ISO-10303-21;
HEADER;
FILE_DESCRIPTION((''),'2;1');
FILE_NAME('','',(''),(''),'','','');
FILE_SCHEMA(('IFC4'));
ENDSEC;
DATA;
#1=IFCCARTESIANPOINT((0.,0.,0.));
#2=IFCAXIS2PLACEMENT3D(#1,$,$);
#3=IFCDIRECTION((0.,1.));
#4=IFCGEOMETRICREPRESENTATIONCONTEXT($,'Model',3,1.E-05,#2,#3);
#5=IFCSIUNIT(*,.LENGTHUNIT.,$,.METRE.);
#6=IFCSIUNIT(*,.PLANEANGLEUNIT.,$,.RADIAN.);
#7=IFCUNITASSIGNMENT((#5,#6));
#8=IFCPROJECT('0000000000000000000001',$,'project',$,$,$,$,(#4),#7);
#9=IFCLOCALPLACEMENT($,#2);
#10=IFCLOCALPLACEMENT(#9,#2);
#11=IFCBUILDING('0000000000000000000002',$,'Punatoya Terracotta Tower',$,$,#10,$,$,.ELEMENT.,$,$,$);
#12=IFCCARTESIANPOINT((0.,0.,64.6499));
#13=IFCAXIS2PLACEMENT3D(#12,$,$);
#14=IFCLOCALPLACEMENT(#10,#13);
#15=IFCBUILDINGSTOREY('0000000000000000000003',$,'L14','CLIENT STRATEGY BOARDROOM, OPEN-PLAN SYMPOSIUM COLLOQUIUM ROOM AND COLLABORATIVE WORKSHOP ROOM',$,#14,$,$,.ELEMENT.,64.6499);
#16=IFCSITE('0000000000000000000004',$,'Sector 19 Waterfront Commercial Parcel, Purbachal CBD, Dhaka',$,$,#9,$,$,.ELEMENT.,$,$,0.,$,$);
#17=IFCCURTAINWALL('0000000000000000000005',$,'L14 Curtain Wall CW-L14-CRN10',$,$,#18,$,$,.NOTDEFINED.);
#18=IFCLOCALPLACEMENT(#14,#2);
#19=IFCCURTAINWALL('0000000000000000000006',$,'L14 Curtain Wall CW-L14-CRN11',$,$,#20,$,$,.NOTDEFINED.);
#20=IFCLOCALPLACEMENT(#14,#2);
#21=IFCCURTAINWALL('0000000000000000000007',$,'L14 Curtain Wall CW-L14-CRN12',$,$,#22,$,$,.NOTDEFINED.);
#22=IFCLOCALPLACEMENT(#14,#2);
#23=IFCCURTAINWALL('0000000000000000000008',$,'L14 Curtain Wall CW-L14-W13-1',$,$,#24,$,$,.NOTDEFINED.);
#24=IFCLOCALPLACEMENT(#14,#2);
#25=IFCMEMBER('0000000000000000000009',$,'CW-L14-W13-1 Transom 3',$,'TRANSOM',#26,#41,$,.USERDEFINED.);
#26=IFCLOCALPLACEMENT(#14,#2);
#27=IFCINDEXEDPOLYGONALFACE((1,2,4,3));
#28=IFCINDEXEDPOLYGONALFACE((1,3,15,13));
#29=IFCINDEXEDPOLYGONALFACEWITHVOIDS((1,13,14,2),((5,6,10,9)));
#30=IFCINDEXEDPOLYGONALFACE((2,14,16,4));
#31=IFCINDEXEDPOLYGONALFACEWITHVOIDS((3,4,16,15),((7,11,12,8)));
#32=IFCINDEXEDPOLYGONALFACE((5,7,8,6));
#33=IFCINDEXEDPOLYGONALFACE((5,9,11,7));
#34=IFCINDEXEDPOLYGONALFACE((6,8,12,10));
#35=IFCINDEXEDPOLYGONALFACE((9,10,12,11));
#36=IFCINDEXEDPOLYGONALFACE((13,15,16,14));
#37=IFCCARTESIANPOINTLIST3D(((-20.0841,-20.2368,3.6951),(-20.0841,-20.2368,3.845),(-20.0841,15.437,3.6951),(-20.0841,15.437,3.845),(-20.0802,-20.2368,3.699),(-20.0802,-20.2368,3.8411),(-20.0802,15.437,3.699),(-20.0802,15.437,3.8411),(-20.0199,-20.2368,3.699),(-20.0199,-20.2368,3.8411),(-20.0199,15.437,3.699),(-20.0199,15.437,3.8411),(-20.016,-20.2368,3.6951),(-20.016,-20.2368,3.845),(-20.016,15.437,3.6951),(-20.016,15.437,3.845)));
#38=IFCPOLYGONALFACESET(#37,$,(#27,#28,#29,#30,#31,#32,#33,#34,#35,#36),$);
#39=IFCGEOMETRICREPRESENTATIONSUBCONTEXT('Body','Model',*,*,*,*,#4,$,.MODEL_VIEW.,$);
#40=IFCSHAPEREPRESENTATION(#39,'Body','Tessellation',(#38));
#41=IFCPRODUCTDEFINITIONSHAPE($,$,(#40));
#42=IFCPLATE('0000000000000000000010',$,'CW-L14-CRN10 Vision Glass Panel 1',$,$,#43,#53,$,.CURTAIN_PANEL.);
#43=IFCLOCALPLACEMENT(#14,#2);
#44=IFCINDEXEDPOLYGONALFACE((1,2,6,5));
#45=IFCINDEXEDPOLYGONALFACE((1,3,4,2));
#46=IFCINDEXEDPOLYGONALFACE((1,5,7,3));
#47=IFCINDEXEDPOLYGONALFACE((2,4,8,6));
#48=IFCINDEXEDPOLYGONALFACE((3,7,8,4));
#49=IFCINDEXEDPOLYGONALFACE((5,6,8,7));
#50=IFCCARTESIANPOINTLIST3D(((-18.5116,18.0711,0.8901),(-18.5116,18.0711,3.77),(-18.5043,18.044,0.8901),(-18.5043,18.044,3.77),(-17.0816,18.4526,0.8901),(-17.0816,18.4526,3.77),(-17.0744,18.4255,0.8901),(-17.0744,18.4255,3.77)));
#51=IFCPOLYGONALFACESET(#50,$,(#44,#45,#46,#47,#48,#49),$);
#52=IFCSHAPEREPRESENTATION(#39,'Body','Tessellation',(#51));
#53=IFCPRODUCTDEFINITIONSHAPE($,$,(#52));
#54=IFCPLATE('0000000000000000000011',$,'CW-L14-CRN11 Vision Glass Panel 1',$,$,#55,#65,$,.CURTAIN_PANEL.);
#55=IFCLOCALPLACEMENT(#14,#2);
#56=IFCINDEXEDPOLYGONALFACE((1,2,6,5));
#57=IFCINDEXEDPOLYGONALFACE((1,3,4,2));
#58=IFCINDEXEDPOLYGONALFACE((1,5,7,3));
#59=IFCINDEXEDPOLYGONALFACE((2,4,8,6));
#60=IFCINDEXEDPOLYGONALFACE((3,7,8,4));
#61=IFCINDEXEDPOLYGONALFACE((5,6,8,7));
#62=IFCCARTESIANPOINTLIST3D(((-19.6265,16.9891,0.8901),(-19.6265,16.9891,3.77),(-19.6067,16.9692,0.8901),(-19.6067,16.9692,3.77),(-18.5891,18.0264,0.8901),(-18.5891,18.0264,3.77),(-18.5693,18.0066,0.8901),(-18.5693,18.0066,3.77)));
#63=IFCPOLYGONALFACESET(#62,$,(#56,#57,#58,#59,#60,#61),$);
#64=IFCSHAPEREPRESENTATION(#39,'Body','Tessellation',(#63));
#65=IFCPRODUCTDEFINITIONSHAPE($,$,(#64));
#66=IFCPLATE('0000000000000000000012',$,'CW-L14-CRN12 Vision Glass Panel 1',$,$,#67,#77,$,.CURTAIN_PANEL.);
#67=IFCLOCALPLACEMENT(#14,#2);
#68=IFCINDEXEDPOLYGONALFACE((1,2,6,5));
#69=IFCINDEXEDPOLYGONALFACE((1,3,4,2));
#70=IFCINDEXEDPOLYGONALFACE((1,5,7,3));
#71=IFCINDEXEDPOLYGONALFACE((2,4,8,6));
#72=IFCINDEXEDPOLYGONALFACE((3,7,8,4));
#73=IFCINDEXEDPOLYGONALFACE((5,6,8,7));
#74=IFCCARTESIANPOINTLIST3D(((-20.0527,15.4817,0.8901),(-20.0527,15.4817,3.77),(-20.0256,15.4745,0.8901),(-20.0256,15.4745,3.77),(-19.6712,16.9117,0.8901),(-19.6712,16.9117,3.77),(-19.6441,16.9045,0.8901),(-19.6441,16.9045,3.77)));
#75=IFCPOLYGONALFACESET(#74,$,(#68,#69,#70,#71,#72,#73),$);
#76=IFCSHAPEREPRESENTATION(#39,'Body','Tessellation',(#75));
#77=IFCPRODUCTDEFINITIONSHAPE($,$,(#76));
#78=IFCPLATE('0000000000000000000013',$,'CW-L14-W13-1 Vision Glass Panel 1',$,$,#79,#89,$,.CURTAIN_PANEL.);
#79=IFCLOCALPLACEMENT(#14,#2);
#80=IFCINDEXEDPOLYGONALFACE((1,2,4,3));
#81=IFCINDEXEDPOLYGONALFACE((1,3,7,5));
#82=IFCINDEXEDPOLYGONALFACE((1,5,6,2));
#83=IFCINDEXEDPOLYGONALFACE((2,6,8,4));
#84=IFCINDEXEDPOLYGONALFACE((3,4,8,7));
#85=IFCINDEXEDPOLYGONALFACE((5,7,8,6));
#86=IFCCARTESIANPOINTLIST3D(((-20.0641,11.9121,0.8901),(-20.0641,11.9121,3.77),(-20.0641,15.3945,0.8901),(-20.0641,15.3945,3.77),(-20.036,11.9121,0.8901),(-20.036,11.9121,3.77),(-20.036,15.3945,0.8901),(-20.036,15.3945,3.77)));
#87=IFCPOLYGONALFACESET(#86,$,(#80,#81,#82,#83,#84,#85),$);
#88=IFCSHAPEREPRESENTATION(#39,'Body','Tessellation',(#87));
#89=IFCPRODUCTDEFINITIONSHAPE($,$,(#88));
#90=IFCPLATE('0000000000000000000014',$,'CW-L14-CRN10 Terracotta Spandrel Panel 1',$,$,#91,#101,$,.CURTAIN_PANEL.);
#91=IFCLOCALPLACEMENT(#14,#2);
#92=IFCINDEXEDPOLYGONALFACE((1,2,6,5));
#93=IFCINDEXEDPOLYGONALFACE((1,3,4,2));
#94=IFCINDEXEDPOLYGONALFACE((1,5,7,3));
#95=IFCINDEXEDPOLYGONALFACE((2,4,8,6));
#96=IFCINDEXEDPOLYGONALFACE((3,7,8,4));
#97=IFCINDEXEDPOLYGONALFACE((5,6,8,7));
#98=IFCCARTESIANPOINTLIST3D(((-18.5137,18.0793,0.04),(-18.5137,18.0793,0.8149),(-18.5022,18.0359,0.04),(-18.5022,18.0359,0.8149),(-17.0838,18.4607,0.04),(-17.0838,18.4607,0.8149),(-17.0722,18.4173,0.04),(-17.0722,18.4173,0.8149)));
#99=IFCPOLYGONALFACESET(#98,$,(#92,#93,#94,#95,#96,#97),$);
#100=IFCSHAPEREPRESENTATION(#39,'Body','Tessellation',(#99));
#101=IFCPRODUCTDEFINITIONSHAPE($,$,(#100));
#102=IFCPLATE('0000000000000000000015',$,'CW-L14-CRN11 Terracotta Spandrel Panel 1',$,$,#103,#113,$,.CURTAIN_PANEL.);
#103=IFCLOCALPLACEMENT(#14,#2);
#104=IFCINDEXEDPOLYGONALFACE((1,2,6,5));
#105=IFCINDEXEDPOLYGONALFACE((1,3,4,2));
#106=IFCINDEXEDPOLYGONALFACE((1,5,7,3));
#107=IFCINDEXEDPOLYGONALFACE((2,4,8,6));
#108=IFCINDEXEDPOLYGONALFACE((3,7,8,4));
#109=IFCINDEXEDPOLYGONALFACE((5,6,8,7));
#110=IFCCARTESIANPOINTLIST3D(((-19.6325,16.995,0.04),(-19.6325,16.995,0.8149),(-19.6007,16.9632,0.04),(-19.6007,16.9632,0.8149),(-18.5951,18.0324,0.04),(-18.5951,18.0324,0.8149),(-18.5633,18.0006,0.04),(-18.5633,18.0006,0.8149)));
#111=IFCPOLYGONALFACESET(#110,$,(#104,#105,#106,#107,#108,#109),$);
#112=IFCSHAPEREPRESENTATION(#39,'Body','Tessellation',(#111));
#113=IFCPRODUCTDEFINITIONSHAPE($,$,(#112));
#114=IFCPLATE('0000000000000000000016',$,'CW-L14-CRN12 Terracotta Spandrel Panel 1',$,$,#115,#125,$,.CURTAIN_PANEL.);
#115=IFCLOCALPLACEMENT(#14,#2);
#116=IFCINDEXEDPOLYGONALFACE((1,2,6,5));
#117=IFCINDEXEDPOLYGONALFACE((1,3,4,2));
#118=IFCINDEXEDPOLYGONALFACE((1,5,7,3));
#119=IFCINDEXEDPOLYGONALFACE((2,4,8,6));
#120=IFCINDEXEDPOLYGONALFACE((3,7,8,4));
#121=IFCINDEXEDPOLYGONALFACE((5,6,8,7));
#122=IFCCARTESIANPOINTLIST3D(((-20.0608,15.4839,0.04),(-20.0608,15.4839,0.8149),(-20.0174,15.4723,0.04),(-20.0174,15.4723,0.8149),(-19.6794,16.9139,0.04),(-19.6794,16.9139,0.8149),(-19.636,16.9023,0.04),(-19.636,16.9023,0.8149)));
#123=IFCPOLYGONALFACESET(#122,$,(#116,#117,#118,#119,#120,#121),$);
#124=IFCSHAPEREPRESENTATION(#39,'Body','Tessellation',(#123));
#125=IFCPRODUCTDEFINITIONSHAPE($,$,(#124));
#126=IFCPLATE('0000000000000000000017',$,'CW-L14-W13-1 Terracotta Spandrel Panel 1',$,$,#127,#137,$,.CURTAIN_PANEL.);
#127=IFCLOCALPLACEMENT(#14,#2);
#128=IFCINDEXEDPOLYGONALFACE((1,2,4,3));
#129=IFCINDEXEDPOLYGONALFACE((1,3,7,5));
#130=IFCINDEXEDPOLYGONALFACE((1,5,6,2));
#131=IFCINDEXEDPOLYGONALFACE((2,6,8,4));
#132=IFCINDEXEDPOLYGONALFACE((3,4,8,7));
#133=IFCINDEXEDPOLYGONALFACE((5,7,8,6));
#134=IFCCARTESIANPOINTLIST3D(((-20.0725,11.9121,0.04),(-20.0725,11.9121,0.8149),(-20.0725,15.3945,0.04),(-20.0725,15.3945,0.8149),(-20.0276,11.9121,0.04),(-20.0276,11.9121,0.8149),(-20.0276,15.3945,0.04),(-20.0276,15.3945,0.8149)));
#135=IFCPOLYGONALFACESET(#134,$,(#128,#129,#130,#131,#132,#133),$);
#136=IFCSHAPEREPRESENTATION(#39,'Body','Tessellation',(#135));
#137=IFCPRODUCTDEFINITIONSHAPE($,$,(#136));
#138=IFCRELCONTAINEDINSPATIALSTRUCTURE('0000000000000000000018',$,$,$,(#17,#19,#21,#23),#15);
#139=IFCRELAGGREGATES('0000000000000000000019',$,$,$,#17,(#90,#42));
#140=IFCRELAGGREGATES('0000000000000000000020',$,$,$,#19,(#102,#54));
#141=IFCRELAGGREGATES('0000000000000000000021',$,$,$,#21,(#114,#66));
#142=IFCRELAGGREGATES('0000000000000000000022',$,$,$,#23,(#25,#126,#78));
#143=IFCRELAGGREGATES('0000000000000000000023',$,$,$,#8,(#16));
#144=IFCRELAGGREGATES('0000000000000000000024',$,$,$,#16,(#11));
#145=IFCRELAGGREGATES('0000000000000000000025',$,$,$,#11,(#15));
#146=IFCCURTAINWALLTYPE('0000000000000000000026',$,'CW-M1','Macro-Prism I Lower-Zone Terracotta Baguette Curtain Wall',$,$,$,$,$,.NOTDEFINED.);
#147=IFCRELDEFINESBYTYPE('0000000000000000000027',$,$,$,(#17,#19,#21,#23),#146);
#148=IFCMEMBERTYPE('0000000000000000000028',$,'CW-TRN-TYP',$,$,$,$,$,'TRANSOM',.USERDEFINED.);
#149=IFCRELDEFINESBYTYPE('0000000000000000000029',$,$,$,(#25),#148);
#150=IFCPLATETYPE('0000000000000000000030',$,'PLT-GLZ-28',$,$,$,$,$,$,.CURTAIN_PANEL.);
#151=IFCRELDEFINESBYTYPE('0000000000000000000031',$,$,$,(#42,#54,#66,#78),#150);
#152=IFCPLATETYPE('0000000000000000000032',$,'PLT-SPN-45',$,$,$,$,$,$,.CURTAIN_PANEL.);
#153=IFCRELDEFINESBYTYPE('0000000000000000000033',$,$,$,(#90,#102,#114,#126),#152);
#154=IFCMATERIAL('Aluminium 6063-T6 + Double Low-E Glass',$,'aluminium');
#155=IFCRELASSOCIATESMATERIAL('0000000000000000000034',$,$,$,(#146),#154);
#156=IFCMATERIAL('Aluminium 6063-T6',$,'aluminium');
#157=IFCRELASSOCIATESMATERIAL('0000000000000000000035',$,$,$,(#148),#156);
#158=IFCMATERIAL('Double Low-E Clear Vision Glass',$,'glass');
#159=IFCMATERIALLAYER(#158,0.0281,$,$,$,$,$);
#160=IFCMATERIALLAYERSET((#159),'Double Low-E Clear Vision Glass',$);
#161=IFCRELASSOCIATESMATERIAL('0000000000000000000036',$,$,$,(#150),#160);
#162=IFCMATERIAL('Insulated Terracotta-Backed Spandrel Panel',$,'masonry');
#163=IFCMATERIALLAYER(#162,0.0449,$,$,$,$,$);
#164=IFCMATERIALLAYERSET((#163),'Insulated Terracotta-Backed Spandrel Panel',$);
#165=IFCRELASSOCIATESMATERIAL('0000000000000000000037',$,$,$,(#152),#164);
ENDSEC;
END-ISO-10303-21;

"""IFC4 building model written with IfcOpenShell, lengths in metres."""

from ifc_helpers import new_model, si_unit, direction, frame, origin, origin_2d, place, context, subcontext, project, spatial, rectangle, hollow_rectangle, extrude, material, layer, layer_set, material_profile, profile_set, type_object, element, aggregate, save


model = new_model("IFC4")

# Units and contexts
model_context = context("Model", 3, precision=1e-05, world=origin(), true_north=direction((0.0, 1.0)))
body_context = subcontext(model_context, "Body", "Model", "MODEL_VIEW")
ifc_project = project(units=[si_unit("LENGTHUNIT", "METRE"), si_unit("PLANEANGLEUNIT", "RADIAN")], contexts=[model_context])

# Site, building, storey
site_placement = place(None, origin())
site = spatial("IfcSite", under=ifc_project, at=site_placement, Name="Sector 19 Waterfront Commercial Parcel, Purbachal CBD, Dhaka", CompositionType="ELEMENT", RefElevation=0.0)
building_placement = place(site_placement, origin())
building = spatial("IfcBuilding", under=site, at=building_placement, Name="Punatoya Terracotta Tower", CompositionType="ELEMENT")
storey_placement = place(building_placement, frame((0.0, 0.0, 64.6499)))
storey = spatial("IfcBuildingStorey", under=building, at=storey_placement, Name="L14", Description="CLIENT STRATEGY BOARDROOM, OPEN-PLAN SYMPOSIUM COLLOQUIUM ROOM AND COLLABORATIVE WORKSHOP ROOM", CompositionType="ELEMENT", Elevation=64.6499)

# Curtain wall
ifc_material_1 = material(Name="Aluminium 6063-T6 + Double Low-E Glass", Category="aluminium")
curtain_wall_type = type_object("IfcCurtainWallType", Name="CW-M1", Description="Macro-Prism I Lower-Zone Terracotta Baguette Curtain Wall", PredefinedType="NOTDEFINED", material=ifc_material_1)
curtain_wall_1_placement = place(storey_placement, origin())
curtain_wall_1 = element("IfcCurtainWall", 1, at=curtain_wall_1_placement, inside=storey, type_object=curtain_wall_type, Name="L14 Curtain Wall CW-L14-CRN10", PredefinedType="NOTDEFINED")
ifc_material_2 = material(Name="Aluminium 6063-T6", Category="aluminium")

# Curtain walls
curtain_wall_2_placement = place(storey_placement, origin())
curtain_wall_2 = element("IfcCurtainWall", 2, at=curtain_wall_2_placement, inside=storey, type_object=curtain_wall_type, Name="L14 Curtain Wall CW-L14-CRN11", PredefinedType="NOTDEFINED")
curtain_wall_3_placement = place(storey_placement, origin())
curtain_wall_3 = element("IfcCurtainWall", 3, at=curtain_wall_3_placement, inside=storey, type_object=curtain_wall_type, Name="L14 Curtain Wall CW-L14-CRN12", PredefinedType="NOTDEFINED")
curtain_wall_4_placement = place(storey_placement, origin())
curtain_wall_4 = element("IfcCurtainWall", 4, at=curtain_wall_4_placement, inside=storey, type_object=curtain_wall_type, Name="L14 Curtain Wall CW-L14-W13-1", PredefinedType="NOTDEFINED")

# Member
ifc_material_profile_1 = material_profile(ifc_material_2, hollow_rectangle(XDim=0.0681, YDim=0.1499, WallThickness=0.0039, at=origin_2d()))
ifc_profile_set_1 = profile_set([ifc_material_profile_1], Name="Aluminium 6063-T6")
member_type_1 = type_object("IfcMemberType", Name="CW-TRN-TYP", ElementType="TRANSOM", PredefinedType="USERDEFINED", material=ifc_profile_set_1)
member_1_placement = place(storey_placement, frame((-20.05, 15.437, 3.77), z_axis=(0.0, -1.0, 0.0), x_axis=(1.0, 0.0, 0.0)))
member_1 = element("IfcMember", 5, at=member_1_placement, type_object=member_type_1, Name="CW-L14-W13-1 Transom 3", ObjectType="TRANSOM", PredefinedType="USERDEFINED", context=body_context, shape_type="SweptSolid", body=[
    extrude(hollow_rectangle(XDim=0.0681, YDim=0.1499, WallThickness=0.0039, at=origin_2d()), origin(), (0.0, 0.0, 1.0), 35.6738),
])

# Plates
ifc_material_3 = material(Name="Double Low-E Clear Vision Glass", Category="glass")
ifc_layer_1 = layer(ifc_material_3, 0.0281)
ifc_layer_set_1 = layer_set([ifc_layer_1], Name="Double Low-E Clear Vision Glass")
plate_type_1 = type_object("IfcPlateType", Name="PLT-GLZ-28", PredefinedType="CURTAIN_PANEL", material=ifc_layer_set_1)
plate_1_placement = place(storey_placement, frame((-17.793, 18.2483, 0.8901), z_axis=(0.0, 0.0, 1.0), x_axis=(-0.966214, -0.257742, 0.0)))
plate_1 = element("IfcPlate", 6, at=plate_1_placement, type_object=plate_type_1, Name="CW-L14-CRN10 Vision Glass Panel 1", PredefinedType="CURTAIN_PANEL", context=body_context, shape_type="SweptSolid", body=[
    extrude(rectangle(XDim=1.48, YDim=0.0281, at=origin_2d()), origin(), (0.0, 0.0, 1.0), 2.8799),
])
plate_2_placement = place(storey_placement, frame((-19.0979, 17.4978, 0.8901), z_axis=(0.0, 0.0, 1.0), x_axis=(-0.707107, -0.707107, 0.0)))
plate_2 = element("IfcPlate", 7, at=plate_2_placement, type_object=plate_type_1, Name="CW-L14-CRN11 Vision Glass Panel 1", PredefinedType="CURTAIN_PANEL", context=body_context, shape_type="SweptSolid", body=[
    extrude(rectangle(XDim=1.467, YDim=0.0281, at=origin_2d()), origin(), (0.0, 0.0, 1.0), 2.8799),
])
plate_3_placement = place(storey_placement, frame((-19.8484, 16.1931, 0.8901), z_axis=(0.0, 0.0, 1.0), x_axis=(-0.257742, -0.966214, 0.0)))
plate_3 = element("IfcPlate", 8, at=plate_3_placement, type_object=plate_type_1, Name="CW-L14-CRN12 Vision Glass Panel 1", PredefinedType="CURTAIN_PANEL", context=body_context, shape_type="SweptSolid", body=[
    extrude(rectangle(XDim=1.48, YDim=0.0281, at=origin_2d()), origin(), (0.0, 0.0, 1.0), 2.8799),
])
plate_4_placement = place(storey_placement, frame((-20.05, 13.6533, 0.8901), z_axis=(0.0, 0.0, 1.0), x_axis=(0.0, -1.0, 0.0)))
plate_4 = element("IfcPlate", 9, at=plate_4_placement, type_object=plate_type_1, Name="CW-L14-W13-1 Vision Glass Panel 1", PredefinedType="CURTAIN_PANEL", context=body_context, shape_type="SweptSolid", body=[
    extrude(rectangle(XDim=3.4824, YDim=0.0281, at=origin_2d()), origin(), (0.0, 0.0, 1.0), 2.8799),
])
ifc_material_4 = material(Name="Insulated Terracotta-Backed Spandrel Panel", Category="masonry")
ifc_layer_2 = layer(ifc_material_4, 0.0449)
ifc_layer_set_2 = layer_set([ifc_layer_2], Name="Insulated Terracotta-Backed Spandrel Panel")
plate_type_2 = type_object("IfcPlateType", Name="PLT-SPN-45", PredefinedType="CURTAIN_PANEL", material=ifc_layer_set_2)
plate_5_placement = place(storey_placement, frame((-17.793, 18.2483, 0.04), z_axis=(0.0, 0.0, 1.0), x_axis=(-0.966214, -0.257742, 0.0)))
plate_5 = element("IfcPlate", 10, at=plate_5_placement, type_object=plate_type_2, Name="CW-L14-CRN10 Terracotta Spandrel Panel 1", PredefinedType="CURTAIN_PANEL", context=body_context, shape_type="SweptSolid", body=[
    extrude(rectangle(XDim=1.48, YDim=0.0449, at=origin_2d()), origin(), (0.0, 0.0, 1.0), 0.7749),
])
aggregate(curtain_wall_1, [plate_5, plate_1])
plate_6_placement = place(storey_placement, frame((-19.0979, 17.4978, 0.04), z_axis=(0.0, 0.0, 1.0), x_axis=(-0.707107, -0.707107, 0.0)))
plate_6 = element("IfcPlate", 11, at=plate_6_placement, type_object=plate_type_2, Name="CW-L14-CRN11 Terracotta Spandrel Panel 1", PredefinedType="CURTAIN_PANEL", context=body_context, shape_type="SweptSolid", body=[
    extrude(rectangle(XDim=1.467, YDim=0.0449, at=origin_2d()), origin(), (0.0, 0.0, 1.0), 0.7749),
])
aggregate(curtain_wall_2, [plate_6, plate_2])
plate_7_placement = place(storey_placement, frame((-19.8484, 16.1931, 0.04), z_axis=(0.0, 0.0, 1.0), x_axis=(-0.257742, -0.966214, 0.0)))
plate_7 = element("IfcPlate", 12, at=plate_7_placement, type_object=plate_type_2, Name="CW-L14-CRN12 Terracotta Spandrel Panel 1", PredefinedType="CURTAIN_PANEL", context=body_context, shape_type="SweptSolid", body=[
    extrude(rectangle(XDim=1.48, YDim=0.0449, at=origin_2d()), origin(), (0.0, 0.0, 1.0), 0.7749),
])
aggregate(curtain_wall_3, [plate_7, plate_3])
plate_8_placement = place(storey_placement, frame((-20.05, 13.6533, 0.04), z_axis=(0.0, 0.0, 1.0), x_axis=(0.0, -1.0, 0.0)))
plate_8 = element("IfcPlate", 13, at=plate_8_placement, type_object=plate_type_2, Name="CW-L14-W13-1 Terracotta Spandrel Panel 1", PredefinedType="CURTAIN_PANEL", context=body_context, shape_type="SweptSolid", body=[
    extrude(rectangle(XDim=3.4824, YDim=0.0449, at=origin_2d()), origin(), (0.0, 0.0, 1.0), 0.7749),
])
aggregate(curtain_wall_4, [member_1, plate_8, plate_4])

save(model, "model.ifc")
